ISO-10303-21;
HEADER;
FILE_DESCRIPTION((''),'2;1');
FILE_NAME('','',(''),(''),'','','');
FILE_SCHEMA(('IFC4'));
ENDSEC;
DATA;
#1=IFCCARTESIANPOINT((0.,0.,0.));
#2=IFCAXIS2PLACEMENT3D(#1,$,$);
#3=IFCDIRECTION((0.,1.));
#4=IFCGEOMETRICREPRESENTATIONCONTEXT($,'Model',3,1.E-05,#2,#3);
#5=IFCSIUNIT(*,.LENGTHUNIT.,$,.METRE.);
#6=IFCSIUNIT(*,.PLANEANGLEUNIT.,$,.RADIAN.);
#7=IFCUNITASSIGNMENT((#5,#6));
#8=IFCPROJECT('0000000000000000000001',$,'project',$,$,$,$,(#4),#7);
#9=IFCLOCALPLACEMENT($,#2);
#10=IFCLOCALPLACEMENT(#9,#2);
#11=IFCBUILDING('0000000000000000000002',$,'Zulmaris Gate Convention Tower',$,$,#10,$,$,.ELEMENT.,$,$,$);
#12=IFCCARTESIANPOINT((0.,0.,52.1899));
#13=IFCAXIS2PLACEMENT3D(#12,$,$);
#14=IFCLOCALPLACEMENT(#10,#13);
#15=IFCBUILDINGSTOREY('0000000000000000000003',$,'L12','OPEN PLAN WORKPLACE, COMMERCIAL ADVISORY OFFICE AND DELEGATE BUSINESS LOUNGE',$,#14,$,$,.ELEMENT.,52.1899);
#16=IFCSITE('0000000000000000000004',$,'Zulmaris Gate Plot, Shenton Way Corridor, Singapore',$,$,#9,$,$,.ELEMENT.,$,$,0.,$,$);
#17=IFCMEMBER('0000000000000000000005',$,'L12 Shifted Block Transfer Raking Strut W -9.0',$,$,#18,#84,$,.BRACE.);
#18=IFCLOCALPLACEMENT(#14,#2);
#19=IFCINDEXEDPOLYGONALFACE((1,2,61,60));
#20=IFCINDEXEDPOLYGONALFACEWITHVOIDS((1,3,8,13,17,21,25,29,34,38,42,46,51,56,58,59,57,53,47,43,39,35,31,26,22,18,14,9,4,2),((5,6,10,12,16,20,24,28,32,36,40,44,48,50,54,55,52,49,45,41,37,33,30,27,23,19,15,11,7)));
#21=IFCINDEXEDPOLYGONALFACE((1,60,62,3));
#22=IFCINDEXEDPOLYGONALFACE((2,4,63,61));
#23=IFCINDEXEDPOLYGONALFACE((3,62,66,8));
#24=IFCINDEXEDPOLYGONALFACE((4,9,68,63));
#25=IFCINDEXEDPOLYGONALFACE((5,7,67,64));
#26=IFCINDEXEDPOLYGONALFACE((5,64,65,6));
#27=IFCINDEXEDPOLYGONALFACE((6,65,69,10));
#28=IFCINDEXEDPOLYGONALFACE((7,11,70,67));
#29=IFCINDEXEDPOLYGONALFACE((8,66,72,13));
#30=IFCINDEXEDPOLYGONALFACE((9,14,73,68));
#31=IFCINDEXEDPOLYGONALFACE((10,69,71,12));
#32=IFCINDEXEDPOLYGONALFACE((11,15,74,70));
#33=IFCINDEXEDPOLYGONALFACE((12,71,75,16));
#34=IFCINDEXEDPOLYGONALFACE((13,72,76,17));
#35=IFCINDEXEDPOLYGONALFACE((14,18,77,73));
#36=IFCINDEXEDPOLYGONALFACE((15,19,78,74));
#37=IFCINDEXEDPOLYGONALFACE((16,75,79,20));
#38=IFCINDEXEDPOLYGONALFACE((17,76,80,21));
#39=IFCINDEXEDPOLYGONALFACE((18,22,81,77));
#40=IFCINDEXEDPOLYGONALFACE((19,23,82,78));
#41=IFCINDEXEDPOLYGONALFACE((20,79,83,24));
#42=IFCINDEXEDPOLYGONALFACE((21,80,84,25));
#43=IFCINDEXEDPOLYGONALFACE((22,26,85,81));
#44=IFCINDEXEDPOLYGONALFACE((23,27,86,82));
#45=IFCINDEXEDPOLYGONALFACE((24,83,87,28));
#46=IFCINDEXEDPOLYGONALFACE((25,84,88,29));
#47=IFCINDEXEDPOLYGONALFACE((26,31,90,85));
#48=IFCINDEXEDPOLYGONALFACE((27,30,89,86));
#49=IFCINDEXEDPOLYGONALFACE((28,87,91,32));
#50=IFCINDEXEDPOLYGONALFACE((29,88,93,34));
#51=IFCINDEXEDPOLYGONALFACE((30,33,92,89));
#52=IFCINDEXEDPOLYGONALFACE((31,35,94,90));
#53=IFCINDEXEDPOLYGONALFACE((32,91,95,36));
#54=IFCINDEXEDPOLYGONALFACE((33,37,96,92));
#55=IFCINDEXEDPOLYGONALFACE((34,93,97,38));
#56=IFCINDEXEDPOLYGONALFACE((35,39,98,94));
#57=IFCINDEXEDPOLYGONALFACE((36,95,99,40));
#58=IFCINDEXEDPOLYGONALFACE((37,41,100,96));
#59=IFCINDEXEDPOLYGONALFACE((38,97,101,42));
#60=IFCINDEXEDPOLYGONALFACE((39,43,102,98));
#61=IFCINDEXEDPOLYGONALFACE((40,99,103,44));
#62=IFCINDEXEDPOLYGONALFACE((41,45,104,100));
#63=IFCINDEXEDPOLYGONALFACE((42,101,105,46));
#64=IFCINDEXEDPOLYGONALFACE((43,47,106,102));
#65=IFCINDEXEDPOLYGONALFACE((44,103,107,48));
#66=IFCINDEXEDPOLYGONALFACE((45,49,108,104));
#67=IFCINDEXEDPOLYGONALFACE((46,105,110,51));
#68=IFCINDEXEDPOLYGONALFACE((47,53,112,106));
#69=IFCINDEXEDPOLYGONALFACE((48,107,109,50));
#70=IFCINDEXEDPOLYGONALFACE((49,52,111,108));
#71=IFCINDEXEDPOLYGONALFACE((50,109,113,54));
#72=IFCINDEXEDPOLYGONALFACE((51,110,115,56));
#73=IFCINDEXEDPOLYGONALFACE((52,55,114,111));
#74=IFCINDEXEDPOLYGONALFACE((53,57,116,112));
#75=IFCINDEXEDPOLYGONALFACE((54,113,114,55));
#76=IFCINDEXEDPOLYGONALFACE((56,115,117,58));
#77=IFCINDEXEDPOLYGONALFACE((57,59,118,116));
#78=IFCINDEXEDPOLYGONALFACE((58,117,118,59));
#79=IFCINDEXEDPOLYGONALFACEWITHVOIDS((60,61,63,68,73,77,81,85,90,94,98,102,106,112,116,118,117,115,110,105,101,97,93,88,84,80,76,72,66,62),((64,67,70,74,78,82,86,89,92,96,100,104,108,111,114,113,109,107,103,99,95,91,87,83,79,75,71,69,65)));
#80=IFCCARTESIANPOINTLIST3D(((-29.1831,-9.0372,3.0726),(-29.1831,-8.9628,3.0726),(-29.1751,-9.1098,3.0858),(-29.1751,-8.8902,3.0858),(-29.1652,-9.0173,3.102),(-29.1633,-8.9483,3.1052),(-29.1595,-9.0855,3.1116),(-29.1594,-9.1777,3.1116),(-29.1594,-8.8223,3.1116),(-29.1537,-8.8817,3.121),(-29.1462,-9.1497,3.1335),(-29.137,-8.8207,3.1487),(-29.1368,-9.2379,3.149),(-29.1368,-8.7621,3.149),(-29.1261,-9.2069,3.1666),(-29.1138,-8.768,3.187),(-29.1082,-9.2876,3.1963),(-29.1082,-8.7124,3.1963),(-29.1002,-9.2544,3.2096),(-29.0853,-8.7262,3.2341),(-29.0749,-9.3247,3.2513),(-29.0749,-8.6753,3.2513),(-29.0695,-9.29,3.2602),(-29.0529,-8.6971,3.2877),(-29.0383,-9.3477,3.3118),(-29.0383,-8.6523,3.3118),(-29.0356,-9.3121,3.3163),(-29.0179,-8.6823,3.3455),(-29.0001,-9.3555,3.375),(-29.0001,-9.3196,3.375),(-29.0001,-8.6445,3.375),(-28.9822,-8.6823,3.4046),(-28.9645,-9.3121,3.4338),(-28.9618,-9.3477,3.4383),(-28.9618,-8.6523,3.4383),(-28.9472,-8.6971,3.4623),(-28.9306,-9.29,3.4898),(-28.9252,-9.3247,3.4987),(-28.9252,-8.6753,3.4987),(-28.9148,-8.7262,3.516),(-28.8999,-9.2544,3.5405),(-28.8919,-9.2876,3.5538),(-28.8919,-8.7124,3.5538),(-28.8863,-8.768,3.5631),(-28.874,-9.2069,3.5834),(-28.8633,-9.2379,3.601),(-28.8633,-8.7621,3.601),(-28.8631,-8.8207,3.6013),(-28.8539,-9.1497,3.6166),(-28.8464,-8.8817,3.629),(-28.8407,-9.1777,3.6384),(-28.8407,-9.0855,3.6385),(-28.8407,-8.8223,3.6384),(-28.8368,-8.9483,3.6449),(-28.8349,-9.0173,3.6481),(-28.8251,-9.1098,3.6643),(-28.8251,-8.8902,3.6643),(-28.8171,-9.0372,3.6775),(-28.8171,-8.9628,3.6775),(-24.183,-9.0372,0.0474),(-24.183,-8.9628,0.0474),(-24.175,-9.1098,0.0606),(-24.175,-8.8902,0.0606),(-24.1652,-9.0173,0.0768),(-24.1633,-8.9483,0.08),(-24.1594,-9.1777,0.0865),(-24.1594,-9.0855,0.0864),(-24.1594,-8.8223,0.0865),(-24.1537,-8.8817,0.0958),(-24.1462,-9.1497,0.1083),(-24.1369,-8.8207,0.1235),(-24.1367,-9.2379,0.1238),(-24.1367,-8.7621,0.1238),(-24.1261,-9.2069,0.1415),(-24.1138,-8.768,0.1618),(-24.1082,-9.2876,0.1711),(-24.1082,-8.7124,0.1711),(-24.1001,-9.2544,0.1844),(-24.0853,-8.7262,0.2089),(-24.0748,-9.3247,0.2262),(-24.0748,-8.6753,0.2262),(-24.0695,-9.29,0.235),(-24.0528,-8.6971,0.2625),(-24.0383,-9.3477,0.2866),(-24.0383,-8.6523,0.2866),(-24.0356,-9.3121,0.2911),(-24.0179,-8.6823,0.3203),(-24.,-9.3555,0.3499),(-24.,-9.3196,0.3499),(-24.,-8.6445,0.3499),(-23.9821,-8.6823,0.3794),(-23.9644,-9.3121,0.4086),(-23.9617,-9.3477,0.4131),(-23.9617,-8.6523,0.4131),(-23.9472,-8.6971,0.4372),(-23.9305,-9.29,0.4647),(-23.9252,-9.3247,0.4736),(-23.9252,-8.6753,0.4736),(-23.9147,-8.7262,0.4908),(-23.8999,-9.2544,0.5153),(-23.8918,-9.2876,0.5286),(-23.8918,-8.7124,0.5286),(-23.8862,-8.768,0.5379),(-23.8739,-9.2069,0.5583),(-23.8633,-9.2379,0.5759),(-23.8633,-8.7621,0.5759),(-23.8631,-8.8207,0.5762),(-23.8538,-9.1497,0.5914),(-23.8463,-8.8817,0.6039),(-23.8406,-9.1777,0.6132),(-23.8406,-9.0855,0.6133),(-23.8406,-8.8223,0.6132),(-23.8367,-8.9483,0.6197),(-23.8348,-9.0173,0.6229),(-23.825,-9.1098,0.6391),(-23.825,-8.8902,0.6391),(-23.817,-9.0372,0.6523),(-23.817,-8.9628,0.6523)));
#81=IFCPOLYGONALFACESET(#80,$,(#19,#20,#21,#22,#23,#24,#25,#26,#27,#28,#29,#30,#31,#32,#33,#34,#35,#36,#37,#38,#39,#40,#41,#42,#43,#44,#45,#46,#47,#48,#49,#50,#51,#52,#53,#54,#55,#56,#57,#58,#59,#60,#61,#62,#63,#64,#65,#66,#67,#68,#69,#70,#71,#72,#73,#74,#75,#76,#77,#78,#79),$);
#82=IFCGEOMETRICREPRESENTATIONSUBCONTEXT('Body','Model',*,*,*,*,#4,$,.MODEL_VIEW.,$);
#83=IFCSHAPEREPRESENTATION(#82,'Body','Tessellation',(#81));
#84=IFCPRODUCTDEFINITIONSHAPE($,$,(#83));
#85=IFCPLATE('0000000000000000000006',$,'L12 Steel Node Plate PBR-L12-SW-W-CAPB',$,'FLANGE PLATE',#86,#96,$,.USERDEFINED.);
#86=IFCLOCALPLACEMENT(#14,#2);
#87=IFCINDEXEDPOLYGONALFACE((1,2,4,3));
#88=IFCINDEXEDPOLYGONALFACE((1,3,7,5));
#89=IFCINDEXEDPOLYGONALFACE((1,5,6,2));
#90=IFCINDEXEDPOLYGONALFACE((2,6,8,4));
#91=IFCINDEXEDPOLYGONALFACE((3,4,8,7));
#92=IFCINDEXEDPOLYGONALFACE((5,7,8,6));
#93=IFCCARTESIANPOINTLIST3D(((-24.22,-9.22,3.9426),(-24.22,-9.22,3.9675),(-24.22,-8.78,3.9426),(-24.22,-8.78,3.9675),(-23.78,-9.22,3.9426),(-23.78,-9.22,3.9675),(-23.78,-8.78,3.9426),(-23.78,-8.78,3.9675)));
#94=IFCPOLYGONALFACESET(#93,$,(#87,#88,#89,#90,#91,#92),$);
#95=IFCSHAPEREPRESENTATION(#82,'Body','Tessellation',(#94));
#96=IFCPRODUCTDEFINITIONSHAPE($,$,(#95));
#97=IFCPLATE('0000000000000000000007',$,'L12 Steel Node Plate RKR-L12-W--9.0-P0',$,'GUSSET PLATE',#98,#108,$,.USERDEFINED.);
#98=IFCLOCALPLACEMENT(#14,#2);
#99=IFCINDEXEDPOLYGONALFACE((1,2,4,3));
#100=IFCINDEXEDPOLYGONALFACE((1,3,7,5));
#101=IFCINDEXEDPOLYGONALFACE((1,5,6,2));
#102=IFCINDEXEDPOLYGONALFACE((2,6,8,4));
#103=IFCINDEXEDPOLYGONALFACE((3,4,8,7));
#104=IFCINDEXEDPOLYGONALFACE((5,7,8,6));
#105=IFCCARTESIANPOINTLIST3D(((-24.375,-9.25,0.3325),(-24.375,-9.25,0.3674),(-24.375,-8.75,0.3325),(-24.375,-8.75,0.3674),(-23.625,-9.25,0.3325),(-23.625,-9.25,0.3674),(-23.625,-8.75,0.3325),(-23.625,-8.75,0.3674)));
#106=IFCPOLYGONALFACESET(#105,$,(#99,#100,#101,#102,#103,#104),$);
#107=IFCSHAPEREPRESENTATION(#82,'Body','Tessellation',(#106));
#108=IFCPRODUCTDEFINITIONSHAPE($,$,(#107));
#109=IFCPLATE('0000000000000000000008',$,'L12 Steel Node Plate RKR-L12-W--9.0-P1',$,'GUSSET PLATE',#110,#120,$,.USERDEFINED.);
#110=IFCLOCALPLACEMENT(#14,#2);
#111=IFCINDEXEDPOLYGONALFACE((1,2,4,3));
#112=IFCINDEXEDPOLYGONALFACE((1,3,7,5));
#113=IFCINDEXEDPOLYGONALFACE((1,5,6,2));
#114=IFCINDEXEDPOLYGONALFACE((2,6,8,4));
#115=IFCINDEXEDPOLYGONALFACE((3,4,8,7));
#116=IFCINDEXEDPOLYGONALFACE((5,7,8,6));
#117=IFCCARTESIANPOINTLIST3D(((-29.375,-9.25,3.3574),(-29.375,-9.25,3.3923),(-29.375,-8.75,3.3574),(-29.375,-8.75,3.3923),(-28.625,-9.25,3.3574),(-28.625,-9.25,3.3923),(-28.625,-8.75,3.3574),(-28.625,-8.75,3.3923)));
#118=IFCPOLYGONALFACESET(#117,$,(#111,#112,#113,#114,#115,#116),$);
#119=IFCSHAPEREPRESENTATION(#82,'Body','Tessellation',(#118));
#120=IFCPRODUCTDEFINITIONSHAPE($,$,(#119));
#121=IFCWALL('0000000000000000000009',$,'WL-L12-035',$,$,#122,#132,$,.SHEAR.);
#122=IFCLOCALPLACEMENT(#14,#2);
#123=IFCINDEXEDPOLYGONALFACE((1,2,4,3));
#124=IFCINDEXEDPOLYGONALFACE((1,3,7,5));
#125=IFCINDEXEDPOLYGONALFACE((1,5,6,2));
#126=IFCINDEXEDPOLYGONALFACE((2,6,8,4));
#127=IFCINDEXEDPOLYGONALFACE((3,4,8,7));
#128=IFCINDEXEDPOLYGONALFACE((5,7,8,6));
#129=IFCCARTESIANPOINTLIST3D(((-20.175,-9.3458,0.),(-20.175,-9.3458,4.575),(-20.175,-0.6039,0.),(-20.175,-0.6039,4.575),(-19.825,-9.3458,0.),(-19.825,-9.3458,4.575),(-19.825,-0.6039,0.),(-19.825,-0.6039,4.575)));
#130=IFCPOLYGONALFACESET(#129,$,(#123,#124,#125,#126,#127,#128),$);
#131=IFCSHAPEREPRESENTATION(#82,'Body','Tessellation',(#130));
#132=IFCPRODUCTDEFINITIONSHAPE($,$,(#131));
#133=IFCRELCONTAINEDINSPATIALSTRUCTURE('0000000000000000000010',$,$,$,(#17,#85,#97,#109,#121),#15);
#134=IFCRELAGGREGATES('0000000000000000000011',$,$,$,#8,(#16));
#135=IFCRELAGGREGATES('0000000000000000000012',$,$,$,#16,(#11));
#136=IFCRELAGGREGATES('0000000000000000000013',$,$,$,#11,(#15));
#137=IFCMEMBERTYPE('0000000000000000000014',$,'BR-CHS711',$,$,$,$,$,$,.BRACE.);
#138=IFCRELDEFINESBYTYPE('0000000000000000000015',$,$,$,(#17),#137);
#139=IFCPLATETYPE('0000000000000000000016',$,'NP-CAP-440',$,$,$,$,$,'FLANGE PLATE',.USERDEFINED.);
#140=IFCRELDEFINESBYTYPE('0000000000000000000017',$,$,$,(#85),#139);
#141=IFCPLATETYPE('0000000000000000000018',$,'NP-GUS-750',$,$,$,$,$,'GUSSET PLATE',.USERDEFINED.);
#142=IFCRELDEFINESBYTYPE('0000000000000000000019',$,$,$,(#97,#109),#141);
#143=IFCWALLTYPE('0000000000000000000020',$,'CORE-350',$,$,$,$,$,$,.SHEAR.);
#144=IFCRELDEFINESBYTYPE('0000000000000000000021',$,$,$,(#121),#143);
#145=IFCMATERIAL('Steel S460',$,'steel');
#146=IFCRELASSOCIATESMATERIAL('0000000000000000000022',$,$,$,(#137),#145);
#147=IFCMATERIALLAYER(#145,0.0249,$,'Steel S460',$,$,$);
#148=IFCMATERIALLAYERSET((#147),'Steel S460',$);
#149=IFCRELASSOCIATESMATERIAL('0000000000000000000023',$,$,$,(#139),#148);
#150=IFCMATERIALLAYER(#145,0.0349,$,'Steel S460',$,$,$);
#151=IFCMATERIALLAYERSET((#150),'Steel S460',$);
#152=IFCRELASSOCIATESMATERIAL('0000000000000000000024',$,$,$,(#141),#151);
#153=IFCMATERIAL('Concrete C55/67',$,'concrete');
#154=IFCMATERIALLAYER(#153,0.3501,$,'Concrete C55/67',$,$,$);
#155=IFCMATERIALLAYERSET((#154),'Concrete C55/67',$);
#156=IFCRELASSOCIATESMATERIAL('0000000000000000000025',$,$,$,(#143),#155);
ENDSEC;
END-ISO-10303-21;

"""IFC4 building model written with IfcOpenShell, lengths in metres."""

from ifc_helpers import new_model, si_unit, direction, frame, frame_2d, origin, origin_2d, place, context, subcontext, project, spatial, rectangle, hollow_circle, extrude, material, layer, layer_set, material_profile, profile_set, type_object, element, save


model = new_model("IFC4")

# Units and contexts
model_context = context("Model", 3, precision=1e-05, world=origin(), true_north=direction((0.0, 1.0)))
body_context = subcontext(model_context, "Body", "Model", "MODEL_VIEW")
ifc_project = project(units=[si_unit("LENGTHUNIT", "METRE"), si_unit("PLANEANGLEUNIT", "RADIAN")], contexts=[model_context])

# Site, building, storey
site_placement = place(None, origin())
site = spatial("IfcSite", under=ifc_project, at=site_placement, Name="Zulmaris Gate Plot, Shenton Way Corridor, Singapore", CompositionType="ELEMENT", RefElevation=0.0)
building_placement = place(site_placement, origin())
building = spatial("IfcBuilding", under=site, at=building_placement, Name="Zulmaris Gate Convention Tower", CompositionType="ELEMENT")
storey_placement = place(building_placement, frame((0.0, 0.0, 52.1899)))
storey = spatial("IfcBuildingStorey", under=building, at=storey_placement, Name="L12", Description="OPEN PLAN WORKPLACE, COMMERCIAL ADVISORY OFFICE AND DELEGATE BUSINESS LOUNGE", CompositionType="ELEMENT", Elevation=52.1899)

# Member
ifc_material_1 = material(Name="Steel S460", Category="steel")
ifc_material_profile_1 = material_profile(ifc_material_1, hollow_circle(Radius=0.3555, WallThickness=0.0359, at=origin_2d()), Name="CHS 711x36")
ifc_profile_set_1 = profile_set([ifc_material_profile_1], Name="Steel S460")
member_type = type_object("IfcMemberType", Name="BR-CHS711", PredefinedType="BRACE", material=ifc_profile_set_1)
member_placement = place(storey_placement, frame((-24.0, -9.0, 0.3499), z_axis=(-0.855589, 0.0, 0.517656), x_axis=(0.0, -1.0, 0.0)))
element("IfcMember", 1, at=member_placement, inside=storey, type_object=member_type, Name="L12 Shifted Block Transfer Raking Strut W -9.0", PredefinedType="BRACE", context=body_context, shape_type="SweptSolid", body=[
    extrude(hollow_circle(Radius=0.3555, WallThickness=0.0359, at=origin_2d()), origin(), (0.0, 0.0, 1.0), 5.844),
])

# Plates
ifc_layer_1 = layer(ifc_material_1, 0.0249, Name="Steel S460")
ifc_layer_set_1 = layer_set([ifc_layer_1], Name="Steel S460")
plate_type_1 = type_object("IfcPlateType", Name="NP-CAP-440", ElementType="FLANGE PLATE", PredefinedType="USERDEFINED", material=ifc_layer_set_1)
plate_placement = place(storey_placement, frame((-24.0, -9.0, 3.9426), z_axis=(0.0, 0.0, 1.0), x_axis=(1.0, 0.0, 0.0)))
element("IfcPlate", 2, at=plate_placement, inside=storey, type_object=plate_type_1, Name="L12 Steel Node Plate PBR-L12-SW-W-CAPB", ObjectType="FLANGE PLATE", PredefinedType="USERDEFINED", context=body_context, shape_type="SweptSolid", body=[
    extrude(rectangle(XDim=0.4399, YDim=0.4399, at=origin_2d()), origin(), (0.0, 0.0, 1.0), 0.0249),
])
ifc_layer_2 = layer(ifc_material_1, 0.0349, Name="Steel S460")
ifc_layer_set_2 = layer_set([ifc_layer_2], Name="Steel S460")
plate_type_2 = type_object("IfcPlateType", Name="NP-GUS-750", ElementType="GUSSET PLATE", PredefinedType="USERDEFINED", material=ifc_layer_set_2)
for number, where, z_axis, x_axis, name in (
    (3, (-24.0, -9.0, 0.3325), (0.0, 0.0, 1.0), (1.0, 0.0, 0.0), "L12 Steel Node Plate RKR-L12-W--9.0-P0"),
    (4, (-29.0, -9.0, 3.3574), (0.0, 0.0, 1.0), (1.0, 0.0, 0.0), "L12 Steel Node Plate RKR-L12-W--9.0-P1"),
):
    element("IfcPlate", number, at=place(storey_placement, frame(where, z_axis=z_axis, x_axis=x_axis)), inside=storey, type_object=plate_type_2, Name=name, ObjectType="GUSSET PLATE", PredefinedType="USERDEFINED", context=body_context, shape_type="SweptSolid", body=[
        extrude(rectangle(XDim=0.75, YDim=0.5, at=origin_2d()), origin(), (0.0, 0.0, 1.0), 0.0349),
    ])

# Wall
ifc_material_2 = material(Name="Concrete C55/67", Category="concrete")
ifc_layer_3 = layer(ifc_material_2, 0.3501, Name="Concrete C55/67")
ifc_layer_set_3 = layer_set([ifc_layer_3], Name="Concrete C55/67")
wall_type_1 = type_object("IfcWallType", Name="CORE-350", PredefinedType="SHEAR", material=ifc_layer_set_3)
wall_1_placement = place(storey_placement, frame((-20.0, -9.3459, 0.0), z_axis=(0.0, 0.0, 1.0), x_axis=(0.0, 1.0, 0.0)))
element("IfcWall", 5, at=wall_1_placement, inside=storey, type_object=wall_type_1, Name="WL-L12-035", PredefinedType="SHEAR", context=body_context, shape_type="SweptSolid", body=[
    extrude(rectangle(XDim=8.7419, YDim=0.3501, at=frame_2d((4.3711, 0.0))), origin(), (0.0, 0.0, 1.0), 4.575),
])

save(model, "model.ifc")
